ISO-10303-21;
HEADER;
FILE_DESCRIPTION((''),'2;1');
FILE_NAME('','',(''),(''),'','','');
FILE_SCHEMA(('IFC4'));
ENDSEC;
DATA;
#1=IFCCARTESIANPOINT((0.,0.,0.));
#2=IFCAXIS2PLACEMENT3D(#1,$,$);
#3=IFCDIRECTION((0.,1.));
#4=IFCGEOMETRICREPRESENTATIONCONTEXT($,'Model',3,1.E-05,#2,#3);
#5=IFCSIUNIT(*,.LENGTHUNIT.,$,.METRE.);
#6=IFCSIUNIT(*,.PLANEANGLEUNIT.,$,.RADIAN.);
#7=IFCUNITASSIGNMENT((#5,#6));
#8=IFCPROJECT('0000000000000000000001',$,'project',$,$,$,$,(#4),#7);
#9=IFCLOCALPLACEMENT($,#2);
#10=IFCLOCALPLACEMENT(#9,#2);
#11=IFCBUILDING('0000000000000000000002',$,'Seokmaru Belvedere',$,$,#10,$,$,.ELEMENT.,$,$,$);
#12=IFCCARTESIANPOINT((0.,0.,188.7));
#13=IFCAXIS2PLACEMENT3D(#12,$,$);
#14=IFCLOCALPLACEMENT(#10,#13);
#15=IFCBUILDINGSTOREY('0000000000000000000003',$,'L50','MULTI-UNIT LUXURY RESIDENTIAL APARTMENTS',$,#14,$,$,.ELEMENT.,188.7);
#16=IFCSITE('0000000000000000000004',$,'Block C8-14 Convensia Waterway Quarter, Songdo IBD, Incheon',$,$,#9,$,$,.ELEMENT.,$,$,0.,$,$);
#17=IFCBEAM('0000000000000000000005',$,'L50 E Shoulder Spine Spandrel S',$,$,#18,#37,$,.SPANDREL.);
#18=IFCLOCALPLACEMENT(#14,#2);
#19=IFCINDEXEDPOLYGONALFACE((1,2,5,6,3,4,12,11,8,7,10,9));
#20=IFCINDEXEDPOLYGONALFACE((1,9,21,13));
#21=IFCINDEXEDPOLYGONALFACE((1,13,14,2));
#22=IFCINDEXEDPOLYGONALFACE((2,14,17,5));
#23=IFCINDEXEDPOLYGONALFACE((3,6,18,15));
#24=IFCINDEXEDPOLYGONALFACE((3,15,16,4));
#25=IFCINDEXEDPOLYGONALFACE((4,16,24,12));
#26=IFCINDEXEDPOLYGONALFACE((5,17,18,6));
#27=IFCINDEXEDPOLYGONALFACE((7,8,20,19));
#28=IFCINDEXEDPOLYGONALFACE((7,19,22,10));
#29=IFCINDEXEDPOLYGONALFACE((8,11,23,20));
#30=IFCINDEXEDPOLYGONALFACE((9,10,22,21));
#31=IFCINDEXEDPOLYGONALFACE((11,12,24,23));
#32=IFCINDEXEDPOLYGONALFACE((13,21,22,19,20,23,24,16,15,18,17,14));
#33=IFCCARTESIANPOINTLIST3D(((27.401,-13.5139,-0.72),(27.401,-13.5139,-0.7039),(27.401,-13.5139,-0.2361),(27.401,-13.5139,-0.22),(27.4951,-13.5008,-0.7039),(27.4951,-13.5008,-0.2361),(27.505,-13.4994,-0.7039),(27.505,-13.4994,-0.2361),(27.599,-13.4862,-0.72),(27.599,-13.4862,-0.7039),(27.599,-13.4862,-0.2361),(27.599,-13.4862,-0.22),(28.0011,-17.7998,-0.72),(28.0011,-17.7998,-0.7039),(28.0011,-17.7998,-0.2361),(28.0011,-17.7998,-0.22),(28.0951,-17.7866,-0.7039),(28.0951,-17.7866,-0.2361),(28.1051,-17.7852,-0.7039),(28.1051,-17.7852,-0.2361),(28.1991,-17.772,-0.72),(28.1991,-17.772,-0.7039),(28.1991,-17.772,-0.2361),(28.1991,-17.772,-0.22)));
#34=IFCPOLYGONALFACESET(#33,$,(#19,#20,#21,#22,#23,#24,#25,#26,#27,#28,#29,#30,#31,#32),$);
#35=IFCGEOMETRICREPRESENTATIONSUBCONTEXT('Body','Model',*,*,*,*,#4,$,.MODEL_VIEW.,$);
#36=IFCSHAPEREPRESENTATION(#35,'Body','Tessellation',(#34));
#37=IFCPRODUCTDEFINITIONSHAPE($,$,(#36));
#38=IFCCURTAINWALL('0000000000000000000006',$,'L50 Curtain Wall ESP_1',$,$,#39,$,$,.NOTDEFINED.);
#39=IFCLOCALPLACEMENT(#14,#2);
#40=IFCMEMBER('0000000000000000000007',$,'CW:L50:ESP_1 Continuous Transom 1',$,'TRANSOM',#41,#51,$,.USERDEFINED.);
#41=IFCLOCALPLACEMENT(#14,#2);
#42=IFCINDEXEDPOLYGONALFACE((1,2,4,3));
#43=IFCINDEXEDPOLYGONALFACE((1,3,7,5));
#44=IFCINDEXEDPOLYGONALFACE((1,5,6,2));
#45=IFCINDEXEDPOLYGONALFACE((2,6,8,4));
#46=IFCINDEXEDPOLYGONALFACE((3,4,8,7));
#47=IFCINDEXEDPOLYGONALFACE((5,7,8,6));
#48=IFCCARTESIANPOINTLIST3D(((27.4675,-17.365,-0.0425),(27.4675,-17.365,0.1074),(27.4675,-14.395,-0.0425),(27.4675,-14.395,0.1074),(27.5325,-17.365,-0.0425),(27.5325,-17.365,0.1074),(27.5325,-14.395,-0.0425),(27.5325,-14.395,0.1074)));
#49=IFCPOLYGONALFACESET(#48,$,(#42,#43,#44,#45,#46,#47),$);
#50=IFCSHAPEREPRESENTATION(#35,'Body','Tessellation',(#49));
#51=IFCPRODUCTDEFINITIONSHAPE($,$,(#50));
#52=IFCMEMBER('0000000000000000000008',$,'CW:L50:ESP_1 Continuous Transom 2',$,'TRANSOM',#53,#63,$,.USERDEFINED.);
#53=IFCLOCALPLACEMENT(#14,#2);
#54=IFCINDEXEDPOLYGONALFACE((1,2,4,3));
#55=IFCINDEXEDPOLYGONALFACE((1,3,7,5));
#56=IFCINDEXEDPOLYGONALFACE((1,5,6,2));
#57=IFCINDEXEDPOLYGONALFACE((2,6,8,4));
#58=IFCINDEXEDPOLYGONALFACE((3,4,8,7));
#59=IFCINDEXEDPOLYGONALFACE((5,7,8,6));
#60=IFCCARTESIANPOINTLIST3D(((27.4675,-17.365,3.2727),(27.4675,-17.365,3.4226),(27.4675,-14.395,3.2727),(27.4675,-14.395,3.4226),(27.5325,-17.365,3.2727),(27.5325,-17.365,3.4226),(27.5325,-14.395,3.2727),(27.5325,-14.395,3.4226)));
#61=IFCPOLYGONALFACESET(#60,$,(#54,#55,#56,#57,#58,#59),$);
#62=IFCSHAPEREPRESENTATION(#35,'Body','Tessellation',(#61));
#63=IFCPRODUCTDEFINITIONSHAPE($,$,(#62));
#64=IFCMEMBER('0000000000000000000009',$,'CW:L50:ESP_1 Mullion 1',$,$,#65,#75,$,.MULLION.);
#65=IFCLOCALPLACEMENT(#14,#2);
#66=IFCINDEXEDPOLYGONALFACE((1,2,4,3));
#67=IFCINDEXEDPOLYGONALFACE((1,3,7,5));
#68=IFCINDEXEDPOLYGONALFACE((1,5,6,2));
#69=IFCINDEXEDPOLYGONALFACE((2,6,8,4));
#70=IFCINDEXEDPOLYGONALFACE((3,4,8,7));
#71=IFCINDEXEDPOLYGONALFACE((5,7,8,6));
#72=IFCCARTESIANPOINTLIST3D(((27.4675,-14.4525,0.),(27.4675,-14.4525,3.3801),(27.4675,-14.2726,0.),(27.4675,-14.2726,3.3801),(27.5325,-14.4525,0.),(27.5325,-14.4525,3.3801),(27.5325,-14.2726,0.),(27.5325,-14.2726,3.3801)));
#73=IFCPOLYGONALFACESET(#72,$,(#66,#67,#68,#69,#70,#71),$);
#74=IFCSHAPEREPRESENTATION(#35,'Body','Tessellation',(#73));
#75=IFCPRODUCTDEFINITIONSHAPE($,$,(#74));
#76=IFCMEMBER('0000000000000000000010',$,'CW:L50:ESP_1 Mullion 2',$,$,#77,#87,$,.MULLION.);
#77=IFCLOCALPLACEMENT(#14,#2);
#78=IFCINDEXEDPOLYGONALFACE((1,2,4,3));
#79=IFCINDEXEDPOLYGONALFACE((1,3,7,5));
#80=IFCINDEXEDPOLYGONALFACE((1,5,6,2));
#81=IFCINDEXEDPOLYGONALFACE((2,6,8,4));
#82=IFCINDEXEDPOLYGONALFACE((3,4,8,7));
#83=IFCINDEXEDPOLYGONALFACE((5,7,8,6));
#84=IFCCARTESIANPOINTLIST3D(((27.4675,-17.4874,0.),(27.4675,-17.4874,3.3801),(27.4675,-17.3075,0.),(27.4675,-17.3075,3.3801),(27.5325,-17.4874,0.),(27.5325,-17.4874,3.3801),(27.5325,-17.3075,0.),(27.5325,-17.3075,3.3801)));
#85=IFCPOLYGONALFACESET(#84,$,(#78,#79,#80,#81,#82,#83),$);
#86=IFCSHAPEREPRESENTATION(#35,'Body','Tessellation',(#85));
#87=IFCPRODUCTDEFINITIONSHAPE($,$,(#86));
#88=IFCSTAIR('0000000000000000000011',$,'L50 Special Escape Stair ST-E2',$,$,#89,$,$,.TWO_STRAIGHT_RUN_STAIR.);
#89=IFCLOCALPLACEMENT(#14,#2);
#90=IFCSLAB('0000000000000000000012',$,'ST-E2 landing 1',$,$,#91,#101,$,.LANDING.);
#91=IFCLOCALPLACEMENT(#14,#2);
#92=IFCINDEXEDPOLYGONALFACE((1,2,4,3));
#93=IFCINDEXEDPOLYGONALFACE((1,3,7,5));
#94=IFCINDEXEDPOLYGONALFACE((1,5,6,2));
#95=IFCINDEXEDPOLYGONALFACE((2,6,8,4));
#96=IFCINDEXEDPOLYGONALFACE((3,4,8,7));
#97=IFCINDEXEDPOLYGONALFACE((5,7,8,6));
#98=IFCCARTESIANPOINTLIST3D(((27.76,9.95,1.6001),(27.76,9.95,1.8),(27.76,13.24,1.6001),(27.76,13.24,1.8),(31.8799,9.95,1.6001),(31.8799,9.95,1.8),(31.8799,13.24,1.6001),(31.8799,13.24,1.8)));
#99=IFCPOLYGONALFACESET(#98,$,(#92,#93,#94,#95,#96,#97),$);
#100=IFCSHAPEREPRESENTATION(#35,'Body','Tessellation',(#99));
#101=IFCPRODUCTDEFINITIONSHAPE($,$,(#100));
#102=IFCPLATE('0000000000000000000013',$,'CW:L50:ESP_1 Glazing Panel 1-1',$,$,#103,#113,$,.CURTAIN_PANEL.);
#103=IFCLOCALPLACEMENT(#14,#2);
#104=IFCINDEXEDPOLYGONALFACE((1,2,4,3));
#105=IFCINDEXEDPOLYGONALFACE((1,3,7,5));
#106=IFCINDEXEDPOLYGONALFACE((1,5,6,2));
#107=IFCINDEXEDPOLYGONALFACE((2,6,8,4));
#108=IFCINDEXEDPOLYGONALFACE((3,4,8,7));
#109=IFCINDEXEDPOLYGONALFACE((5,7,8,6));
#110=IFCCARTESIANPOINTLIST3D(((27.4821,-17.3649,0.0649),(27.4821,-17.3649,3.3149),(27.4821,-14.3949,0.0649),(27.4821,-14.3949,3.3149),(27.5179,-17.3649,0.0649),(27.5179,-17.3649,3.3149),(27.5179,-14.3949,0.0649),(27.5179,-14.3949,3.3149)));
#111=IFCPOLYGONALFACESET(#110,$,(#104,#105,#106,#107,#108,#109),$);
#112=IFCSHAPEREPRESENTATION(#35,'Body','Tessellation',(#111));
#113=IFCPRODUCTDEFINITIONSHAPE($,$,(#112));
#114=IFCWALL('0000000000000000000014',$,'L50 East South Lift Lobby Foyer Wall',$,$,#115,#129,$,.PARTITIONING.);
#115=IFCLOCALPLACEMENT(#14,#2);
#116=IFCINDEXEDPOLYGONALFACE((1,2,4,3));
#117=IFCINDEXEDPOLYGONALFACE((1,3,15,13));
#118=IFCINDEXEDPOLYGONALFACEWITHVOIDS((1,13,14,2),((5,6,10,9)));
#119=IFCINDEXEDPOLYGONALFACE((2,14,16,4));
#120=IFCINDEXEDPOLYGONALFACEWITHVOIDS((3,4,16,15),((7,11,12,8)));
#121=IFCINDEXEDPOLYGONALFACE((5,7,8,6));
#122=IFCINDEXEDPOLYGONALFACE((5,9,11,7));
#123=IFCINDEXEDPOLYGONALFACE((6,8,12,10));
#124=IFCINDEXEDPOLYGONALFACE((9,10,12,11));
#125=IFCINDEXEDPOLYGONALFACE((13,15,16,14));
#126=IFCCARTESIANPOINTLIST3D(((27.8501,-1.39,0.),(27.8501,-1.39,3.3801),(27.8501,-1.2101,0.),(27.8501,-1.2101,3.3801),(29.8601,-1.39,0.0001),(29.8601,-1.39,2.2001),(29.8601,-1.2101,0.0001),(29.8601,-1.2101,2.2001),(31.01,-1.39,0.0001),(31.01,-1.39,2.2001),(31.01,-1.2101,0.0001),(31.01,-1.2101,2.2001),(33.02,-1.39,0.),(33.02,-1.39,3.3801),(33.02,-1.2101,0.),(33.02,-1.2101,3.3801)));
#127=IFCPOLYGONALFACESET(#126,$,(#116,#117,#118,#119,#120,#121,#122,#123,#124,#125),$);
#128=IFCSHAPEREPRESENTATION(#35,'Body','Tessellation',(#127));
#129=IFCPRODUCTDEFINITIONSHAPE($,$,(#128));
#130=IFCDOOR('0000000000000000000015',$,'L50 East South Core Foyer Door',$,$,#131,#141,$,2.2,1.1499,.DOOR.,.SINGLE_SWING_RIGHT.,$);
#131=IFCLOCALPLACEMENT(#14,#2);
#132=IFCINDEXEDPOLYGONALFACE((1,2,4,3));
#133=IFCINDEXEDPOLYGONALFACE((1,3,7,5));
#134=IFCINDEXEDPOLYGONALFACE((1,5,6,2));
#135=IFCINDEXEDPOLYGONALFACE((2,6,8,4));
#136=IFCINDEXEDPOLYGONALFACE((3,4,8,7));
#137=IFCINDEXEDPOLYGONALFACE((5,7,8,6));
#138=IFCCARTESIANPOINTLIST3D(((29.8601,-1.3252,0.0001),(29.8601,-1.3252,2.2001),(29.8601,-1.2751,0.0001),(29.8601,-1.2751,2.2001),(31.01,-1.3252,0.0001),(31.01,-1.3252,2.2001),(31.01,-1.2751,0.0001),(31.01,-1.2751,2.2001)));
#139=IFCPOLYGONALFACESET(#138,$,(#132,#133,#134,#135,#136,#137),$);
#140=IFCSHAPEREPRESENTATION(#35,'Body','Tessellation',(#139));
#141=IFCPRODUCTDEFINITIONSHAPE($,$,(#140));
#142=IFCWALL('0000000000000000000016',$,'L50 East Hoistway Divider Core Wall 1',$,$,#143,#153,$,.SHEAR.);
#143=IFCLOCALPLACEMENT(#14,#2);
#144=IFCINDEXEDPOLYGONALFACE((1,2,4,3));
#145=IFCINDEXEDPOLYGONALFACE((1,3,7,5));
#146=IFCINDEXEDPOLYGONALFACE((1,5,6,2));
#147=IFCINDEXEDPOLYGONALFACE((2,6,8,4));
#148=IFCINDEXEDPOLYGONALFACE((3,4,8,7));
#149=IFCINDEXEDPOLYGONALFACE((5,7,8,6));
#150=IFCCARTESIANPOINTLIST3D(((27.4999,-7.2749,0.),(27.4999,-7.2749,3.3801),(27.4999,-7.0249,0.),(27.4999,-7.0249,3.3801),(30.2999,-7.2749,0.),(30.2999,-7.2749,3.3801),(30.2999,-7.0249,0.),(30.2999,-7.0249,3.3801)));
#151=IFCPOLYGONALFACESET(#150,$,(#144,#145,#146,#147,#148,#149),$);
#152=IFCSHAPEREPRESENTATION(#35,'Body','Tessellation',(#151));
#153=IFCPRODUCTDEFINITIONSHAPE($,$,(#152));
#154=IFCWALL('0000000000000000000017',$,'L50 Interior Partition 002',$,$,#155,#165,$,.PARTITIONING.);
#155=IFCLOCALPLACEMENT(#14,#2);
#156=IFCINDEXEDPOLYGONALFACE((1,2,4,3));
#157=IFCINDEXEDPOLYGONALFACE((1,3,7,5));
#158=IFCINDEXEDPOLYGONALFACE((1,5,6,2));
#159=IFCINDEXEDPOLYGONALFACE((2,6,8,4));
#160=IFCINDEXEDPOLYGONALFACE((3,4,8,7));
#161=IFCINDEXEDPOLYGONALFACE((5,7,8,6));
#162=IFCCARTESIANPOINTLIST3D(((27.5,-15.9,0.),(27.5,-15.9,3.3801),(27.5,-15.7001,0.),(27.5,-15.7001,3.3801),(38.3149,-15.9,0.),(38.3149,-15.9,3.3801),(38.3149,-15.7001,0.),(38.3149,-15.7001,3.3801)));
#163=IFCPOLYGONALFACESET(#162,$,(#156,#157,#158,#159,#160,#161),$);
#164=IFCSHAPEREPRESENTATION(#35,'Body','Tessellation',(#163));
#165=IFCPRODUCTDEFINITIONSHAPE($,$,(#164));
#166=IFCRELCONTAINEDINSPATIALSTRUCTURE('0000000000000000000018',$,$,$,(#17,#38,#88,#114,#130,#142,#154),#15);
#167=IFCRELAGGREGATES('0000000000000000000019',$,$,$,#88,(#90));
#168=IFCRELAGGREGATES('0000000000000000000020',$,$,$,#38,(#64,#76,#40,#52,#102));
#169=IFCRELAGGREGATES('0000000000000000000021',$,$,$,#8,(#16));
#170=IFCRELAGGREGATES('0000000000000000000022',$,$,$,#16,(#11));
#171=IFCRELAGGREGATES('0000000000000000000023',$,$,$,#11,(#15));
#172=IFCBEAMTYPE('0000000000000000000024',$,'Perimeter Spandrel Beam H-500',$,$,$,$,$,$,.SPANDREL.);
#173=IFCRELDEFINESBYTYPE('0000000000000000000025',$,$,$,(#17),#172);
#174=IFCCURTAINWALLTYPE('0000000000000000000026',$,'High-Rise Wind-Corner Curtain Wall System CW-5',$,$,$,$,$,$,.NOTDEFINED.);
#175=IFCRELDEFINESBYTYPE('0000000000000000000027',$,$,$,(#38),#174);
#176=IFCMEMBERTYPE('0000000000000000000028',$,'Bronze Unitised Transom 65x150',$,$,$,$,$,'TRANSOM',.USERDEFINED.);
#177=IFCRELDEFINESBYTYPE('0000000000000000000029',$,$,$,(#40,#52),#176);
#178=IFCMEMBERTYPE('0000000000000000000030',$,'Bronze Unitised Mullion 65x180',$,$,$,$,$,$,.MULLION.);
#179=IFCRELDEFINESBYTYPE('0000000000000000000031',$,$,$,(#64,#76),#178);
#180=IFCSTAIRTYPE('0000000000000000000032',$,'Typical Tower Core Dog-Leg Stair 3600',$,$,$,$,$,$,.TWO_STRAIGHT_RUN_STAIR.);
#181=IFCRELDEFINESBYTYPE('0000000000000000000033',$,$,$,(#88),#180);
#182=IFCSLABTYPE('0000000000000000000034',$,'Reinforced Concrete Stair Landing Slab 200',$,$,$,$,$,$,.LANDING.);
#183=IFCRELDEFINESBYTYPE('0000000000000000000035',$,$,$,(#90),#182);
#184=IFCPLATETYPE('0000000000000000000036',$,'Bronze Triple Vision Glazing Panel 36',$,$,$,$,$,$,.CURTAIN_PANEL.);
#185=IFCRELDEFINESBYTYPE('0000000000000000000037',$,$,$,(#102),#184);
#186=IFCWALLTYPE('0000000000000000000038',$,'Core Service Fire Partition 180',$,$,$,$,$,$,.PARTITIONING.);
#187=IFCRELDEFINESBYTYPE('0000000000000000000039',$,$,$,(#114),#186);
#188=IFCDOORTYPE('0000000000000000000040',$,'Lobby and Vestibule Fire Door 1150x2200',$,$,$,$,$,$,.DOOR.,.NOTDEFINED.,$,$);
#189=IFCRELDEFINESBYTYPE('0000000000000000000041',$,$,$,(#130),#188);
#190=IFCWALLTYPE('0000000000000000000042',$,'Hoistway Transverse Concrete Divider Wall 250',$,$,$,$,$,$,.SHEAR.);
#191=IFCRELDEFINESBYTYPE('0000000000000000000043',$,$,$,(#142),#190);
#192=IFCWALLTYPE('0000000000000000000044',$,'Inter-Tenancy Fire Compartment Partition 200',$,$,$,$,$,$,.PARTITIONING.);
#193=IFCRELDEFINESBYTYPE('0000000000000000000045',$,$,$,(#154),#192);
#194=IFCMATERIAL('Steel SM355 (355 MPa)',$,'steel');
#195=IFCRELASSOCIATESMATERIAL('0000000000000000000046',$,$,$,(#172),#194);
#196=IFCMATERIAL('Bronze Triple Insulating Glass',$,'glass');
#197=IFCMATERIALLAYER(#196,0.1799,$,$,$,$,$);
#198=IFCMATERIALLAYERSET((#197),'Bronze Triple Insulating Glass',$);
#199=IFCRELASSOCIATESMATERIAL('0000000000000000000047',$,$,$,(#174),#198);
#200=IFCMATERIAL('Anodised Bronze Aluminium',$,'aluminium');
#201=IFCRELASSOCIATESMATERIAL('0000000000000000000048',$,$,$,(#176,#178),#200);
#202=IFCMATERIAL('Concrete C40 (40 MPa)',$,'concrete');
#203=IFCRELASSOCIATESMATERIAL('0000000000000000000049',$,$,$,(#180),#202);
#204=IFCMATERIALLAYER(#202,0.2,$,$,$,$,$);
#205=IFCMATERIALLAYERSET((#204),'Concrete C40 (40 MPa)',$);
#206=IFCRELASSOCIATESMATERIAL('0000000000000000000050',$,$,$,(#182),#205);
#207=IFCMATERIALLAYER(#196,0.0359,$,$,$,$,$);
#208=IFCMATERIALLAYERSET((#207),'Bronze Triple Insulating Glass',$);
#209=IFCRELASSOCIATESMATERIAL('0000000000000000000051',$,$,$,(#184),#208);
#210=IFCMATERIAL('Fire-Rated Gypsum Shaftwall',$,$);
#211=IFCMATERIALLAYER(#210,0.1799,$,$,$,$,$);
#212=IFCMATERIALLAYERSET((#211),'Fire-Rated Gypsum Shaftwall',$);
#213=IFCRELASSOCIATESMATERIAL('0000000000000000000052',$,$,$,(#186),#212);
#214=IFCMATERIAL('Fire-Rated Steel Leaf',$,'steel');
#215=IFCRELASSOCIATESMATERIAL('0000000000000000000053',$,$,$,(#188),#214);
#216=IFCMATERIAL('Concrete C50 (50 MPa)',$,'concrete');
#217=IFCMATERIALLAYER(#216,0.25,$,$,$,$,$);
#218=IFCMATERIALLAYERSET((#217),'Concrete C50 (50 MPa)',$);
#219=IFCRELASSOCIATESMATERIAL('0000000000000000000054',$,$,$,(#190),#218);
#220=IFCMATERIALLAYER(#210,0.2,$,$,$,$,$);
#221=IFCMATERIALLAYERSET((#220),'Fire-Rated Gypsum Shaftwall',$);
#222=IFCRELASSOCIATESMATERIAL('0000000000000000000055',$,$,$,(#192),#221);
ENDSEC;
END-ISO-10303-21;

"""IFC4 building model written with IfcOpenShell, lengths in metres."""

from ifc_helpers import new_model, si_unit, direction, frame, frame_2d, origin, origin_2d, place, context, subcontext, project, spatial, polyline, rectangle, i_section, outline, extrude, source, transform, mapped, material, layer, layer_set, material_profile, profile_set, type_object, type_shapes, element, fill, aggregate, save


model = new_model("IFC4")

# Units and contexts
model_context = context("Model", 3, precision=1e-05, world=origin(), true_north=direction((0.0, 1.0)))
body_context = subcontext(model_context, "Body", "Model", "MODEL_VIEW")
ifc_project = project(units=[si_unit("LENGTHUNIT", "METRE"), si_unit("PLANEANGLEUNIT", "RADIAN")], contexts=[model_context])

# Site, building, storey
site_placement = place(None, origin())
site = spatial("IfcSite", under=ifc_project, at=site_placement, Name="Block C8-14 Convensia Waterway Quarter, Songdo IBD, Incheon", CompositionType="ELEMENT", RefElevation=0.0)
building_placement = place(site_placement, origin())
building = spatial("IfcBuilding", under=site, at=building_placement, Name="Seokmaru Belvedere", CompositionType="ELEMENT")
storey_placement = place(building_placement, frame((0.0, 0.0, 188.7)))
storey = spatial("IfcBuildingStorey", under=building, at=storey_placement, Name="L50", Description="MULTI-UNIT LUXURY RESIDENTIAL APARTMENTS", CompositionType="ELEMENT", Elevation=188.7)

# Shared definitions
ifc_material_1 = material(Name="Steel SM355 (355 MPa)", Category="steel")

# Beam
ifc_material_profile_1 = material_profile(ifc_material_1, i_section(OverallWidth=0.2, OverallDepth=0.5, WebThickness=0.01, FlangeThickness=0.0161, at=origin_2d()), Name="H-500x200x10x16")
ifc_profile_set_1 = profile_set([ifc_material_profile_1], Name="Steel SM355 (355 MPa)")
beam_type_1 = type_object("IfcBeamType", Name="Perimeter Spandrel Beam H-500", PredefinedType="SPANDREL", material=ifc_profile_set_1)
shared_shape_1 = source(origin(), body_context, "Body", "SweptSolid", [
    extrude(i_section(OverallWidth=0.2, OverallDepth=0.5, WebThickness=0.01, FlangeThickness=0.0161, at=origin_2d()), origin(), (0.0, 0.0, 1.0), 4.3276),
])
beam_1_placement = place(storey_placement, frame((28.1001, -17.7859, -0.47), z_axis=(-0.138664, 0.990339, 0.0), x_axis=(-0.990339, -0.138664, 0.0)))
element("IfcBeam", 1, at=beam_1_placement, inside=storey, type_object=beam_type_1, Name="L50 E Shoulder Spine Spandrel S", PredefinedType="SPANDREL", context=body_context, shape_type="MappedRepresentation", body=[
    mapped(shared_shape_1, transform((0.0, 0.0, 0.0), scale=1.0)),
])

# Curtain wall, members
ifc_material_2 = material(Name="Bronze Triple Insulating Glass", Category="glass")
ifc_layer_1 = layer(ifc_material_2, 0.1799)
ifc_layer_set_1 = layer_set([ifc_layer_1], Name="Bronze Triple Insulating Glass")
curtain_wall_type = type_object("IfcCurtainWallType", Name="High-Rise Wind-Corner Curtain Wall System CW-5", PredefinedType="NOTDEFINED", material=ifc_layer_set_1)
curtain_wall_placement = place(storey_placement, origin())
curtain_wall = element("IfcCurtainWall", 2, at=curtain_wall_placement, inside=storey, type_object=curtain_wall_type, Name="L50 Curtain Wall ESP_1", PredefinedType="NOTDEFINED")
ifc_material_3 = material(Name="Anodised Bronze Aluminium", Category="aluminium")
ifc_material_profile_2 = material_profile(ifc_material_3, rectangle(XDim=0.0649, YDim=0.1499, at=origin_2d()), Name="CW-T-65x150")
ifc_profile_set_2 = profile_set([ifc_material_profile_2], Name="Anodised Bronze Aluminium")
member_type_1 = type_object("IfcMemberType", Name="Bronze Unitised Transom 65x150", ElementType="TRANSOM", PredefinedType="USERDEFINED", material=ifc_profile_set_2)
shared_shape_2 = source(origin(), body_context, "Body", "SweptSolid", [
    extrude(rectangle(XDim=0.0649, YDim=0.1499, at=origin_2d()), origin(), (0.0, 0.0, 1.0), 2.97),
])
type_shapes(member_type_1, [shared_shape_2])
member_1_placement = place(storey_placement, frame((27.5, -14.395, 0.0325), z_axis=(0.0, -1.0, 0.0), x_axis=(1.0, 0.0, 0.0)))
member_1 = element("IfcMember", 3, at=member_1_placement, type_object=member_type_1, Name="CW:L50:ESP_1 Continuous Transom 1", ObjectType="TRANSOM", PredefinedType="USERDEFINED", context=body_context, shape_type="MappedRepresentation", body=[
    mapped(shared_shape_2, transform((0.0, 0.0, 0.0), scale=1.0)),
])
member_2_placement = place(storey_placement, frame((27.5, -14.395, 3.3477), z_axis=(0.0, -1.0, 0.0), x_axis=(1.0, 0.0, 0.0)))
member_2 = element("IfcMember", 4, at=member_2_placement, type_object=member_type_1, Name="CW:L50:ESP_1 Continuous Transom 2", ObjectType="TRANSOM", PredefinedType="USERDEFINED", context=body_context, shape_type="MappedRepresentation", body=[
    mapped(shared_shape_2, transform((0.0, 0.0, 0.0), scale=1.0)),
])
ifc_material_profile_3 = material_profile(ifc_material_3, rectangle(XDim=0.0649, YDim=0.1799, at=origin_2d()), Name="CW-M-65x180")
ifc_profile_set_3 = profile_set([ifc_material_profile_3], Name="Anodised Bronze Aluminium")
member_type_2 = type_object("IfcMemberType", Name="Bronze Unitised Mullion 65x180", PredefinedType="MULLION", material=ifc_profile_set_3)
shared_shape_3 = source(origin(), body_context, "Body", "SweptSolid", [
    extrude(rectangle(XDim=0.0649, YDim=0.1799, at=origin_2d()), origin(), (0.0, 0.0, 1.0), 3.3801),
])
type_shapes(member_type_2, [shared_shape_3])
member_3_placement = place(storey_placement, frame((27.5, -14.3625, 0.0), z_axis=(0.0, 0.0, 1.0), x_axis=(1.0, 0.0, 0.0)))
member_3 = element("IfcMember", 5, at=member_3_placement, type_object=member_type_2, Name="CW:L50:ESP_1 Mullion 1", PredefinedType="MULLION", context=body_context, shape_type="MappedRepresentation", body=[
    mapped(shared_shape_3, transform((0.0, 0.0, 0.0), scale=1.0)),
])
member_4_placement = place(storey_placement, frame((27.5, -17.3975, 0.0), z_axis=(0.0, 0.0, 1.0), x_axis=(1.0, 0.0, 0.0)))
member_4 = element("IfcMember", 6, at=member_4_placement, type_object=member_type_2, Name="CW:L50:ESP_1 Mullion 2", PredefinedType="MULLION", context=body_context, shape_type="MappedRepresentation", body=[
    mapped(shared_shape_3, transform((0.0, 0.0, 0.0), scale=1.0)),
])

# Stair, slab
ifc_material_4 = material(Name="Concrete C40 (40 MPa)", Category="concrete")
stair_type = type_object("IfcStairType", Name="Typical Tower Core Dog-Leg Stair 3600", PredefinedType="TWO_STRAIGHT_RUN_STAIR", material=ifc_material_4)
stair_placement = place(storey_placement, origin())
stair = element("IfcStair", 7, at=stair_placement, inside=storey, type_object=stair_type, Name="L50 Special Escape Stair ST-E2", PredefinedType="TWO_STRAIGHT_RUN_STAIR")
ifc_layer_2 = layer(ifc_material_4, 0.2)
ifc_layer_set_2 = layer_set([ifc_layer_2], Name="Concrete C40 (40 MPa)")
slab_type = type_object("IfcSlabType", Name="Reinforced Concrete Stair Landing Slab 200", PredefinedType="LANDING", material=ifc_layer_set_2)
slab_placement = place(storey_placement, frame((0.0, 0.0, 1.6001)))
slab = element("IfcSlab", 8, at=slab_placement, type_object=slab_type, Name="ST-E2 landing 1", PredefinedType="LANDING", context=body_context, shape_type="SweptSolid", body=[
    extrude(outline(polyline([(27.76, 9.95), (31.8799, 9.95), (31.8799, 13.24), (27.76, 13.24), (27.76, 9.95)])), origin(), (0.0, 0.0, 1.0), 0.2),
])
aggregate(stair, [slab])

# Plate
ifc_layer_3 = layer(ifc_material_2, 0.0359)
ifc_layer_set_3 = layer_set([ifc_layer_3], Name="Bronze Triple Insulating Glass")
plate_type = type_object("IfcPlateType", Name="Bronze Triple Vision Glazing Panel 36", PredefinedType="CURTAIN_PANEL", material=ifc_layer_set_3)
shared_shape_4 = source(origin(), body_context, "Body", "SweptSolid", [
    extrude(rectangle(XDim=2.97, YDim=0.0359, at=origin_2d()), origin(), (0.0, 0.0, 1.0), 3.25),
])
type_shapes(plate_type, [shared_shape_4])
plate_placement = place(storey_placement, frame((27.5, -15.8799, 0.0649), z_axis=(0.0, 0.0, 1.0), x_axis=(0.0, -1.0, 0.0)))
plate = element("IfcPlate", 9, at=plate_placement, type_object=plate_type, Name="CW:L50:ESP_1 Glazing Panel 1-1", PredefinedType="CURTAIN_PANEL", context=body_context, shape_type="MappedRepresentation", body=[
    mapped(shared_shape_4, transform((0.0, 0.0, 0.0), scale=1.0)),
])
aggregate(curtain_wall, [member_3, member_4, member_1, member_2, plate])

# Wall, opening, door
ifc_material_5 = material(Name="Fire-Rated Gypsum Shaftwall")
ifc_layer_4 = layer(ifc_material_5, 0.1799)
ifc_layer_set_4 = layer_set([ifc_layer_4], Name="Fire-Rated Gypsum Shaftwall")
wall_type_1 = type_object("IfcWallType", Name="Core Service Fire Partition 180", PredefinedType="PARTITIONING", material=ifc_layer_set_4)
wall_1_placement = place(storey_placement, frame((27.8501, -1.3, 0.0), z_axis=(0.0, 0.0, 1.0), x_axis=(1.0, 0.0, 0.0)))
wall_1 = element("IfcWall", 10, at=wall_1_placement, inside=storey, type_object=wall_type_1, Name="L50 East South Lift Lobby Foyer Wall", PredefinedType="PARTITIONING", context=body_context, shape_type="SweptSolid", body=[
    extrude(rectangle(XDim=5.1699, YDim=0.1799, at=frame_2d((2.585, 0.0))), origin(), (0.0, 0.0, 1.0), 3.3801),
])
opening_1_placement = place(wall_1_placement, frame((2.01, 0.0, 0.0)))
opening_1 = element("IfcOpeningElement", 11, at=opening_1_placement, cuts=wall_1, PredefinedType="OPENING", context=body_context, shape_type="SweptSolid", body=[
    extrude(rectangle(XDim=1.1499, YDim=2.2, at=frame_2d((0.575, 1.1001))), frame((0.0, 0.1001, 0.0), z_axis=(0.0, -1.0, 0.0), x_axis=(1.0, 0.0, 0.0)), (0.0, 0.0, 1.0), 0.2),
])
ifc_material_6 = material(Name="Fire-Rated Steel Leaf", Category="steel")
door_type_1 = type_object("IfcDoorType", Name="Lobby and Vestibule Fire Door 1150x2200", OperationType="NOTDEFINED", PredefinedType="DOOR", material=ifc_material_6)
shared_shape_5 = source(origin(), body_context, "Body", "SweptSolid", [
    extrude(rectangle(XDim=1.1499, YDim=2.2, at=frame_2d((0.575, 1.1001))), frame((0.0, 0.0249, 0.0), z_axis=(0.0, -1.0, 0.0), x_axis=(1.0, 0.0, 0.0)), (0.0, 0.0, 1.0), 0.05),
])
type_shapes(door_type_1, [shared_shape_5])
door_1_placement = place(opening_1_placement, origin())
door_1 = element("IfcDoor", 12, at=door_1_placement, inside=storey, type_object=door_type_1, Name="L50 East South Core Foyer Door", OperationType="SINGLE_SWING_RIGHT", OverallHeight=2.2, OverallWidth=1.1499, PredefinedType="DOOR", context=body_context, shape_type="MappedRepresentation", body=[
    mapped(shared_shape_5, transform((0.0, 0.0, 0.0), scale=1.0)),
])
fill(opening_1, door_1)

# Walls
ifc_material_7 = material(Name="Concrete C50 (50 MPa)", Category="concrete")
ifc_layer_5 = layer(ifc_material_7, 0.25)
ifc_layer_set_5 = layer_set([ifc_layer_5], Name="Concrete C50 (50 MPa)")
wall_type_2 = type_object("IfcWallType", Name="Hoistway Transverse Concrete Divider Wall 250", PredefinedType="SHEAR", material=ifc_layer_set_5)
wall_2_placement = place(storey_placement, frame((27.5, -7.1499, 0.0), z_axis=(0.0, 0.0, 1.0), x_axis=(1.0, 0.0, 0.0)))
element("IfcWall", 13, at=wall_2_placement, inside=storey, type_object=wall_type_2, Name="L50 East Hoistway Divider Core Wall 1", PredefinedType="SHEAR", context=body_context, shape_type="SweptSolid", body=[
    extrude(rectangle(XDim=2.8, YDim=0.25, at=frame_2d((1.3999, 0.0))), origin(), (0.0, 0.0, 1.0), 3.3801),
])
ifc_layer_6 = layer(ifc_material_5, 0.2)
ifc_layer_set_6 = layer_set([ifc_layer_6], Name="Fire-Rated Gypsum Shaftwall")
wall_type_3 = type_object("IfcWallType", Name="Inter-Tenancy Fire Compartment Partition 200", PredefinedType="PARTITIONING", material=ifc_layer_set_6)
wall_3_placement = place(storey_placement, frame((27.5, -15.8, 0.0), z_axis=(0.0, 0.0, 1.0), x_axis=(1.0, 0.0, 0.0)))
element("IfcWall", 14, at=wall_3_placement, inside=storey, type_object=wall_type_3, Name="L50 Interior Partition 002", PredefinedType="PARTITIONING", context=body_context, shape_type="SweptSolid", body=[
    extrude(rectangle(XDim=10.8149, YDim=0.2, at=frame_2d((5.4075, 0.0))), origin(), (0.0, 0.0, 1.0), 3.3801),
])

save(model, "model.ifc")
